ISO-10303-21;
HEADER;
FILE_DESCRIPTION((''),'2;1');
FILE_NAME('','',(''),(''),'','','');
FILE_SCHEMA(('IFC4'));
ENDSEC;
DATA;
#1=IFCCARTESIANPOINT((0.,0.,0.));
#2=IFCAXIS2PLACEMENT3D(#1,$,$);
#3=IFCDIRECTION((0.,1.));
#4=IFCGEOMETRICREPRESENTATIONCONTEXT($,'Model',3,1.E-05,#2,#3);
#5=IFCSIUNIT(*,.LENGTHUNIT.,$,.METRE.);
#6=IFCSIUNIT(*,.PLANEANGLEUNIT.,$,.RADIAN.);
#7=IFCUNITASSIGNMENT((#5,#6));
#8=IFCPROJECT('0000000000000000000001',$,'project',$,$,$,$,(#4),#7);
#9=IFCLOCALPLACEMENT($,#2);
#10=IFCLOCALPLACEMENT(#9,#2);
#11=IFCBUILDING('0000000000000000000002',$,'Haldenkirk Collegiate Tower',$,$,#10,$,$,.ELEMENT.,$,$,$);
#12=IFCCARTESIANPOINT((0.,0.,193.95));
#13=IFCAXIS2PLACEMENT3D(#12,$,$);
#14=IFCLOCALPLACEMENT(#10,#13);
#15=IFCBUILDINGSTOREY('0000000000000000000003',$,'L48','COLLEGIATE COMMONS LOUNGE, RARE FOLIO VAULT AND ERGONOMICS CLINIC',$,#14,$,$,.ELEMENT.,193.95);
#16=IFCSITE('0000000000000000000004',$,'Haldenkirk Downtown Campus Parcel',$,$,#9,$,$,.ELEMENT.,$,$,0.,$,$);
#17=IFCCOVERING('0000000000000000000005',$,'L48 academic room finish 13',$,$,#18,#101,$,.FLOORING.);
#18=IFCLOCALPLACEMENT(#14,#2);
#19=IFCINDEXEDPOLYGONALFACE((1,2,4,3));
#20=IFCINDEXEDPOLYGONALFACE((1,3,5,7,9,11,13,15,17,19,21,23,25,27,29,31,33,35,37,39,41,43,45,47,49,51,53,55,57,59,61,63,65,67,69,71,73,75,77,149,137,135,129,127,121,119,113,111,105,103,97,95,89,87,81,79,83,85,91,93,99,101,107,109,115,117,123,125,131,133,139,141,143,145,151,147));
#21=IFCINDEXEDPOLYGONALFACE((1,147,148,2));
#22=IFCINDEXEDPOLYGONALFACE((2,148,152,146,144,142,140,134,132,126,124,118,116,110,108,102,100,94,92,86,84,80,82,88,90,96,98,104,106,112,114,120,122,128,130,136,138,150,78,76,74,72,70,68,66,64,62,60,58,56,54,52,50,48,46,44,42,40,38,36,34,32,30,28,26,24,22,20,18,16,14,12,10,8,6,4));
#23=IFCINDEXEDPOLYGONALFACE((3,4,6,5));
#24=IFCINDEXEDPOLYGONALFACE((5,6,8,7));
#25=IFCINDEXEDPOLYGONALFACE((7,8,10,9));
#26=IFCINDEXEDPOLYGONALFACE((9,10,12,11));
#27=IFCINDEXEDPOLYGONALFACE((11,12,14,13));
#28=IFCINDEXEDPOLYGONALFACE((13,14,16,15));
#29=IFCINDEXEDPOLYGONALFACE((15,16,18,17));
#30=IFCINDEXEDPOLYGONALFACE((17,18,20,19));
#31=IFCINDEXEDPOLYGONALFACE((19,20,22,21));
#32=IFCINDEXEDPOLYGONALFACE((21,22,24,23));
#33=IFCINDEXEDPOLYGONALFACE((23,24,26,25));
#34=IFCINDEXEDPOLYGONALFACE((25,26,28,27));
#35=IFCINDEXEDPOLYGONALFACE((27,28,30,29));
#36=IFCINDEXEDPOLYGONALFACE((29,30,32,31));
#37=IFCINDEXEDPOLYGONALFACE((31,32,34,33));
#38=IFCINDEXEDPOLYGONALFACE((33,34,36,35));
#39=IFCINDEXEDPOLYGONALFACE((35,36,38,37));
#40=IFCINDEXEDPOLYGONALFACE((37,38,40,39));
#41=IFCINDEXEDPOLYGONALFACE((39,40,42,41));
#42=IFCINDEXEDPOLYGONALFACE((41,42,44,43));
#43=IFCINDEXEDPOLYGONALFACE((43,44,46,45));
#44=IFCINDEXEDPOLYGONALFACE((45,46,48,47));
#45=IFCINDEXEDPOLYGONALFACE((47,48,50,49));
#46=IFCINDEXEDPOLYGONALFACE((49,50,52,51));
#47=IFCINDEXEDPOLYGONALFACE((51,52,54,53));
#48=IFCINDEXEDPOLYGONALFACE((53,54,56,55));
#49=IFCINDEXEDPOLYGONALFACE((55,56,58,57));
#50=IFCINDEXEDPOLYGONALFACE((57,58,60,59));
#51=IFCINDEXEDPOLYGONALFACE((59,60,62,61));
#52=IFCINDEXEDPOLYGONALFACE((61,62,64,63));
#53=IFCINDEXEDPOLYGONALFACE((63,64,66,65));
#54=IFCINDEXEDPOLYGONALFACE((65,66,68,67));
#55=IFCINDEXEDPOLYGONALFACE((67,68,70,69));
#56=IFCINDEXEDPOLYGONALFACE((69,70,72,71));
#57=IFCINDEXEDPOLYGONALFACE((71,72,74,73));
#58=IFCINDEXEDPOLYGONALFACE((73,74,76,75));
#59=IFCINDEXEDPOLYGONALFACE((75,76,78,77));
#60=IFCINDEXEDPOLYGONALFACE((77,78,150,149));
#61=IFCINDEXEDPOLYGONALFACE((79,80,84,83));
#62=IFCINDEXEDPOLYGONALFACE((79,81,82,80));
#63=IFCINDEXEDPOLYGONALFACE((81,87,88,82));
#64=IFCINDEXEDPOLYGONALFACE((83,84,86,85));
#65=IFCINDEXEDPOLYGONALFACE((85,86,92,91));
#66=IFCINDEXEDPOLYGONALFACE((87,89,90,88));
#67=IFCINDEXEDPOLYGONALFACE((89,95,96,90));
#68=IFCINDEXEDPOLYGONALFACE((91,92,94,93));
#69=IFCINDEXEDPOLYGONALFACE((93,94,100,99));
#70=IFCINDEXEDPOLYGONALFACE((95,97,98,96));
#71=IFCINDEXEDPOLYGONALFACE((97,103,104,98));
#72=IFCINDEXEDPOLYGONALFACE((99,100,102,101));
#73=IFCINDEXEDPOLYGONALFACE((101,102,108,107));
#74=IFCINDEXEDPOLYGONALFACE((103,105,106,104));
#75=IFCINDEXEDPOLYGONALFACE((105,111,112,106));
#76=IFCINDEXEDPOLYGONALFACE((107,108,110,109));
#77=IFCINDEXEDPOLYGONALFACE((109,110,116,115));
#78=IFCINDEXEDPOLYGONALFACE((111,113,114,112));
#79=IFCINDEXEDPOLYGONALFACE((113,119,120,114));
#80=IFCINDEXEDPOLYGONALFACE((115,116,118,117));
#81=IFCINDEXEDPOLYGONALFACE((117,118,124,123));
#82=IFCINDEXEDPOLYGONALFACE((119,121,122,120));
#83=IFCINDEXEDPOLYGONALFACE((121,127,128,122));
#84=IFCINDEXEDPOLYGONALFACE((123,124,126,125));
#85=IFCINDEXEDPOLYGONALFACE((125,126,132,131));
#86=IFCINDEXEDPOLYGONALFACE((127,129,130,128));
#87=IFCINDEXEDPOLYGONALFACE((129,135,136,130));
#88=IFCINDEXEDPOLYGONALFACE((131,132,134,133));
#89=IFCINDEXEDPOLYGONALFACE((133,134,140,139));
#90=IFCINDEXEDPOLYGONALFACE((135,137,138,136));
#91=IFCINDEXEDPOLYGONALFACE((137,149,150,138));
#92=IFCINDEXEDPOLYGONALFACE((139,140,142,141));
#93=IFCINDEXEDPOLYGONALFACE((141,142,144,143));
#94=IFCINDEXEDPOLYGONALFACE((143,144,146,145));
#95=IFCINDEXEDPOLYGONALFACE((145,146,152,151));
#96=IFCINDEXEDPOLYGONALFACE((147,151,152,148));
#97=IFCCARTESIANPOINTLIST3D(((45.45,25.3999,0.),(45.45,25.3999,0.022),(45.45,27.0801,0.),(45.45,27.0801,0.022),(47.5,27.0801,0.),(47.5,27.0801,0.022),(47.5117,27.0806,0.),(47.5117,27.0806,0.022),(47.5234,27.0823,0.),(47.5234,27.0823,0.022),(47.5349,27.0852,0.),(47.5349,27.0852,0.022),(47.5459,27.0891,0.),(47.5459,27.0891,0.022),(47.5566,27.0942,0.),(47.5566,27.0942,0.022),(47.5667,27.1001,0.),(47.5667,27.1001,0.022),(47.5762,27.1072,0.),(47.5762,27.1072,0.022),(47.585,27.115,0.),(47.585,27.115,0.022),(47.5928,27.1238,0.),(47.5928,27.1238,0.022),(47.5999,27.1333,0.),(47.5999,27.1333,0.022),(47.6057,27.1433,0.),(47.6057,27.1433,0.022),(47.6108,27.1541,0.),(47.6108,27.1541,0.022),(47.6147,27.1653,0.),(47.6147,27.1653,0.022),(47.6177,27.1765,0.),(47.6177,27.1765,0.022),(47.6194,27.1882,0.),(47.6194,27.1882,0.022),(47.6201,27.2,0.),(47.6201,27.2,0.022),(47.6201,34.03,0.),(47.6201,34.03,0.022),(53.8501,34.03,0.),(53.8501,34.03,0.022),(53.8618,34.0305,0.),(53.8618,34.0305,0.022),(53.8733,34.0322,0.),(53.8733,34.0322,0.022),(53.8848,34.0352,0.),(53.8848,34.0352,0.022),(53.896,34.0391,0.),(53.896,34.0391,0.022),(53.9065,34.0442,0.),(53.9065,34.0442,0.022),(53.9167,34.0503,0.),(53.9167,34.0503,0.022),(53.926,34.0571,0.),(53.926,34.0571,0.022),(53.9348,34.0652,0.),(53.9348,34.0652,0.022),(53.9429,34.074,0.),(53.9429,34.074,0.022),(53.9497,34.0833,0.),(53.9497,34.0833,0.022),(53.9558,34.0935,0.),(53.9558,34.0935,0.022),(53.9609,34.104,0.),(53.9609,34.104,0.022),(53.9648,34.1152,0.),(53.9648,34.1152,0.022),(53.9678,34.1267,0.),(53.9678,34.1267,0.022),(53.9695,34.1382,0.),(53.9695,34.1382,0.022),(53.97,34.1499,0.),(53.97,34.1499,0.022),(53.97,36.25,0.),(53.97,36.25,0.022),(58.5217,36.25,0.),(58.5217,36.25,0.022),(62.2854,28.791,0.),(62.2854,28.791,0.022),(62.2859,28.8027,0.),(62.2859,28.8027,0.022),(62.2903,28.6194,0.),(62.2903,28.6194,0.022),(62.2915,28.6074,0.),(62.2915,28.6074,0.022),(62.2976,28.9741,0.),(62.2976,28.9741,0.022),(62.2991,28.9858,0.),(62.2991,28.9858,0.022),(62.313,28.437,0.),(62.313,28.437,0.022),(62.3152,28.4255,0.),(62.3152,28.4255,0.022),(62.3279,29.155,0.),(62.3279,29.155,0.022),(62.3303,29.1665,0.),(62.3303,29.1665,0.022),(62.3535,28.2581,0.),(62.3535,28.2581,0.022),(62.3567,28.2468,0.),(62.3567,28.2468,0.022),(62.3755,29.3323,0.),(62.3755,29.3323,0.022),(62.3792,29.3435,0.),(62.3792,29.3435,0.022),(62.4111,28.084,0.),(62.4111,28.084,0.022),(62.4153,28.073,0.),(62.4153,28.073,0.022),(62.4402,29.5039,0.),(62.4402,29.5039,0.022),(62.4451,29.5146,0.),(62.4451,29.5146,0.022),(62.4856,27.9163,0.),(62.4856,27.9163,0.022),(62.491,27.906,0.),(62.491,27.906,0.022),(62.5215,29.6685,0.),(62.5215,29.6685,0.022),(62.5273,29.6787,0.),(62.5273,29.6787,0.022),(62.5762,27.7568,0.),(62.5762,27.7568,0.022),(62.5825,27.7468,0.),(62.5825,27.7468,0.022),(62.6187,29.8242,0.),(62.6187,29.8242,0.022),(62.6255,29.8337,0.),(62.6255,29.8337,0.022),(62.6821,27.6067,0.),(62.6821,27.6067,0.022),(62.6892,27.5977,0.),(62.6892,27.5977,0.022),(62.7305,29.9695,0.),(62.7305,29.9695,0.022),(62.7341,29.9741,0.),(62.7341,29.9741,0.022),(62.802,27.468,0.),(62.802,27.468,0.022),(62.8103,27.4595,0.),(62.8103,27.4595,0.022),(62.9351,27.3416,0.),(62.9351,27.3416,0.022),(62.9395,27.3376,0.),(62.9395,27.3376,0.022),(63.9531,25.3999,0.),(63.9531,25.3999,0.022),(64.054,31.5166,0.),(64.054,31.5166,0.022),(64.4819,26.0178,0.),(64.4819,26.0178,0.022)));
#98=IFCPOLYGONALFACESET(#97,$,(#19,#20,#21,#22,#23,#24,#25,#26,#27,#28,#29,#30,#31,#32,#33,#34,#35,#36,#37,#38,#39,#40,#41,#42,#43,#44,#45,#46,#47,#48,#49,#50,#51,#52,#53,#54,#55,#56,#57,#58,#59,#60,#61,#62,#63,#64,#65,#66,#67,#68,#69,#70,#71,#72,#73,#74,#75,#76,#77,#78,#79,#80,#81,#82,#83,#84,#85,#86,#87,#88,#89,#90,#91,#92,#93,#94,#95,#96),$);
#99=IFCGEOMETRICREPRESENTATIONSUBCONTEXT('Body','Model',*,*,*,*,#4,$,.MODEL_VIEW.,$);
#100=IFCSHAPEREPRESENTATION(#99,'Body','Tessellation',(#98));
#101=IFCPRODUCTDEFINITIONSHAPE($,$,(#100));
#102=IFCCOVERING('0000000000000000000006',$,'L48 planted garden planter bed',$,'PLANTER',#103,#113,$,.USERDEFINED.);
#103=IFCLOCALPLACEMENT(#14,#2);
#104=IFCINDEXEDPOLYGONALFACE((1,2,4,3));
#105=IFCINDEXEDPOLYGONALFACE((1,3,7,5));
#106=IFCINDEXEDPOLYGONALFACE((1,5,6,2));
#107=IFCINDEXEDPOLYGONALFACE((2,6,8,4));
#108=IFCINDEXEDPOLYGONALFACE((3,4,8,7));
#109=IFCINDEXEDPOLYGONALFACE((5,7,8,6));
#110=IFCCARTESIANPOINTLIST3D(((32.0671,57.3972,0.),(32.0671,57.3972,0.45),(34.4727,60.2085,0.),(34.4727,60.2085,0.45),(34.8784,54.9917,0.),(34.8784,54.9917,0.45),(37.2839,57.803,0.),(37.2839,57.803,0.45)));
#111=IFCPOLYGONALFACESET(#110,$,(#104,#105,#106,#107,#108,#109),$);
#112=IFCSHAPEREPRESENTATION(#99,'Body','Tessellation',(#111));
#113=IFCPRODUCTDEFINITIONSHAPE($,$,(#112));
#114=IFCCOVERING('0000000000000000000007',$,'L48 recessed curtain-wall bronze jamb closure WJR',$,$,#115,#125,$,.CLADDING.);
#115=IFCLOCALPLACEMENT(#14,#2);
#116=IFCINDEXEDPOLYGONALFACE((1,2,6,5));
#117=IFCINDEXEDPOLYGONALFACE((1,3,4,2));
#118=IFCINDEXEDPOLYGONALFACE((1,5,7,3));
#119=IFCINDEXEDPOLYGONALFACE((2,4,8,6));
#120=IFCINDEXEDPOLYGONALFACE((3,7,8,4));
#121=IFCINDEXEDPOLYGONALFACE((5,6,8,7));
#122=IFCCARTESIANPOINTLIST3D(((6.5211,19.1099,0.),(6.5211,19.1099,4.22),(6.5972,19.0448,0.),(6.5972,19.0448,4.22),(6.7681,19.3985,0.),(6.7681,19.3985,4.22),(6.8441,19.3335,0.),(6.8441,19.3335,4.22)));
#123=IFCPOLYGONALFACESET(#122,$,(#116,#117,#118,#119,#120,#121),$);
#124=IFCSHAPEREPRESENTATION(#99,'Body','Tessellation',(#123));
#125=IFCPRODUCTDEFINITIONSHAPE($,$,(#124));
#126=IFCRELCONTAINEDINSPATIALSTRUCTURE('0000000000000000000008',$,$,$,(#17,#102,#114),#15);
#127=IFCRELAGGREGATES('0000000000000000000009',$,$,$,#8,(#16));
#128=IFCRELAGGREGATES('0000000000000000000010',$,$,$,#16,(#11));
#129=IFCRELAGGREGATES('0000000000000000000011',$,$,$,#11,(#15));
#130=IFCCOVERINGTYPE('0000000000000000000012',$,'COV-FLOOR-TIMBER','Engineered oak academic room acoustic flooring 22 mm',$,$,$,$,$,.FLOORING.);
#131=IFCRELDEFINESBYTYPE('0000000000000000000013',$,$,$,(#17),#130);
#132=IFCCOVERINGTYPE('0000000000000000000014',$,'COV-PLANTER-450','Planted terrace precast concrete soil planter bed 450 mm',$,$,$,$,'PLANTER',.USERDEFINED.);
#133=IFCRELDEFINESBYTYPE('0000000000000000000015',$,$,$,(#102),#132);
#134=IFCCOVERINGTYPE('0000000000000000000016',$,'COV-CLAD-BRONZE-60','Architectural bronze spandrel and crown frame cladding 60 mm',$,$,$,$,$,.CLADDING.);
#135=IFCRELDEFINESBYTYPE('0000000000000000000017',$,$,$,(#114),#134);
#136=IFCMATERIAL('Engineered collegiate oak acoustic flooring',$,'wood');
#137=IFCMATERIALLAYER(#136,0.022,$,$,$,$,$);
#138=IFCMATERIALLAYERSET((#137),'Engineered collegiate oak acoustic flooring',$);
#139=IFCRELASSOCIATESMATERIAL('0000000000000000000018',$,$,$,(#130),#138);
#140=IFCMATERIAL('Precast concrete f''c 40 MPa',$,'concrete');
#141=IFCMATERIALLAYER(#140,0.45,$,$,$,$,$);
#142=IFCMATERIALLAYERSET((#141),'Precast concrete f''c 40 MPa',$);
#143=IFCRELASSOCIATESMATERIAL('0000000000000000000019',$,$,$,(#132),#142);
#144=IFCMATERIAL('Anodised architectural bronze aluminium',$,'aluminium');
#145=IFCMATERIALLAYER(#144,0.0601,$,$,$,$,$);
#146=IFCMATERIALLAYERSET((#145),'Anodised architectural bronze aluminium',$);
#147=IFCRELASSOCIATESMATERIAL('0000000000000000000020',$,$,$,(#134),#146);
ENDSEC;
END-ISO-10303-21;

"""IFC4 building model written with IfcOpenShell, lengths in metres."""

from ifc_helpers import new_model, si_unit, direction, frame, origin, origin_2d, place, context, subcontext, project, spatial, polyline, rectangle, outline, extrude, source, transform, mapped, material, layer, layer_set, type_object, element, save


model = new_model("IFC4")

# Units and contexts
model_context = context("Model", 3, precision=1e-05, world=origin(), true_north=direction((0.0, 1.0)))
body_context = subcontext(model_context, "Body", "Model", "MODEL_VIEW")
ifc_project = project(units=[si_unit("LENGTHUNIT", "METRE"), si_unit("PLANEANGLEUNIT", "RADIAN")], contexts=[model_context])

# Site, building, storey
site_placement = place(None, origin())
site = spatial("IfcSite", under=ifc_project, at=site_placement, Name="Haldenkirk Downtown Campus Parcel", CompositionType="ELEMENT", RefElevation=0.0)
building_placement = place(site_placement, origin())
building = spatial("IfcBuilding", under=site, at=building_placement, Name="Haldenkirk Collegiate Tower", CompositionType="ELEMENT")
storey_placement = place(building_placement, frame((0.0, 0.0, 193.95)))
storey = spatial("IfcBuildingStorey", under=building, at=storey_placement, Name="L48", Description="COLLEGIATE COMMONS LOUNGE, RARE FOLIO VAULT AND ERGONOMICS CLINIC", CompositionType="ELEMENT", Elevation=193.95)

# Shared definitions
ifc_material_1 = material(Name="Anodised architectural bronze aluminium", Category="aluminium")

# Shared definitions
ifc_material_2 = material(Name="Precast concrete f'c 40 MPa", Category="concrete")

# Coverings
ifc_material_3 = material(Name="Engineered collegiate oak acoustic flooring", Category="wood")
ifc_layer_1 = layer(ifc_material_3, 0.022)
ifc_layer_set_1 = layer_set([ifc_layer_1], Name="Engineered collegiate oak acoustic flooring")
covering_type_1 = type_object("IfcCoveringType", Name="COV-FLOOR-TIMBER", Description="Engineered oak academic room acoustic flooring 22 mm", PredefinedType="FLOORING", material=ifc_layer_set_1)
covering_1_placement = place(storey_placement, origin())
element("IfcCovering", 1, at=covering_1_placement, inside=storey, type_object=covering_type_1, Name="L48 academic room finish 13", PredefinedType="FLOORING", context=body_context, shape_type="SweptSolid", body=[
    extrude(outline(polyline([(62.7341, 29.9741), (62.7305, 29.9695), (62.6255, 29.8337), (62.6187, 29.8242), (62.5273, 29.6787), (62.5215, 29.6685), (62.4451, 29.5146), (62.4402, 29.5039), (62.3792, 29.3435), (62.3755, 29.3323), (62.3303, 29.1665), (62.3279, 29.155), (62.2991, 28.9858), (62.2976, 28.9741), (62.2859, 28.8027), (62.2854, 28.791), (62.2903, 28.6194), (62.2915, 28.6074), (62.313, 28.437), (62.3152, 28.4255), (62.3535, 28.2581), (62.3567, 28.2468), (62.4111, 28.084), (62.4153, 28.073), (62.4856, 27.9163), (62.491, 27.906), (62.5762, 27.7568), (62.5825, 27.7468), (62.6821, 27.6067), (62.6892, 27.5977), (62.802, 27.468), (62.8103, 27.4595), (62.9351, 27.3416), (62.9395, 27.3376), (64.4819, 26.0178), (63.9531, 25.3999), (45.45, 25.3999), (45.45, 27.0801), (47.5, 27.0801), (47.5117, 27.0806), (47.5234, 27.0823), (47.5349, 27.0852), (47.5459, 27.0891), (47.5566, 27.0942), (47.5667, 27.1001), (47.5762, 27.1072), (47.585, 27.115), (47.5928, 27.1238), (47.5999, 27.1333), (47.6057, 27.1433), (47.6108, 27.1541), (47.6147, 27.1653), (47.6177, 27.1765), (47.6194, 27.1882), (47.6201, 27.2), (47.6201, 34.03), (53.8501, 34.03), (53.8618, 34.0305), (53.8733, 34.0322), (53.8848, 34.0352), (53.896, 34.0391), (53.9065, 34.0442), (53.9167, 34.0503), (53.926, 34.0571), (53.9348, 34.0652), (53.9429, 34.074), (53.9497, 34.0833), (53.9558, 34.0935), (53.9609, 34.104), (53.9648, 34.1152), (53.9678, 34.1267), (53.9695, 34.1382), (53.97, 34.1499), (53.97, 36.25), (58.5217, 36.25), (64.054, 31.5166), (62.7341, 29.9741)])), origin(), (0.0, 0.0, 1.0), 0.022),
])
ifc_layer_2 = layer(ifc_material_2, 0.45)
ifc_layer_set_2 = layer_set([ifc_layer_2], Name="Precast concrete f'c 40 MPa")
covering_type_2 = type_object("IfcCoveringType", Name="COV-PLANTER-450", Description="Planted terrace precast concrete soil planter bed 450 mm", ElementType="PLANTER", PredefinedType="USERDEFINED", material=ifc_layer_set_2)
covering_2_placement = place(storey_placement, origin())
element("IfcCovering", 2, at=covering_2_placement, inside=storey, type_object=covering_type_2, Name="L48 planted garden planter bed", ObjectType="PLANTER", PredefinedType="USERDEFINED", context=body_context, shape_type="SweptSolid", body=[
    extrude(outline(polyline([(34.8784, 54.9917), (32.0671, 57.3972), (34.4727, 60.2085), (37.2839, 57.803), (34.8784, 54.9917)])), origin(), (0.0, 0.0, 1.0), 0.45),
])
ifc_layer_3 = layer(ifc_material_1, 0.0601)
ifc_layer_set_3 = layer_set([ifc_layer_3], Name="Anodised architectural bronze aluminium")
covering_type_3 = type_object("IfcCoveringType", Name="COV-CLAD-BRONZE-60", Description="Architectural bronze spandrel and crown frame cladding 60 mm", PredefinedType="CLADDING", material=ifc_layer_set_3)
shared_shape_1 = source(origin(), body_context, "Body", "SweptSolid", [
    extrude(rectangle(XDim=0.1001, YDim=0.3799, at=origin_2d()), origin(), (0.0, 0.0, 1.0), 4.22),
])
covering_3_placement = place(storey_placement, frame((6.6826, 19.2217, 0.0), z_axis=(0.0, 0.0, 1.0), x_axis=(-0.759839, 0.650111, 0.0)))
element("IfcCovering", 3, at=covering_3_placement, inside=storey, type_object=covering_type_3, Name="L48 recessed curtain-wall bronze jamb closure WJR", PredefinedType="CLADDING", context=body_context, shape_type="MappedRepresentation", body=[
    mapped(shared_shape_1, transform((0.0, 0.0, 0.0), x_axis=(1.0, 0.0, 0.0), y_axis=(0.0, 1.0, 0.0), z_axis=(0.0, 0.0, 1.0), scale=1.0)),
])

save(model, "model.ifc")
